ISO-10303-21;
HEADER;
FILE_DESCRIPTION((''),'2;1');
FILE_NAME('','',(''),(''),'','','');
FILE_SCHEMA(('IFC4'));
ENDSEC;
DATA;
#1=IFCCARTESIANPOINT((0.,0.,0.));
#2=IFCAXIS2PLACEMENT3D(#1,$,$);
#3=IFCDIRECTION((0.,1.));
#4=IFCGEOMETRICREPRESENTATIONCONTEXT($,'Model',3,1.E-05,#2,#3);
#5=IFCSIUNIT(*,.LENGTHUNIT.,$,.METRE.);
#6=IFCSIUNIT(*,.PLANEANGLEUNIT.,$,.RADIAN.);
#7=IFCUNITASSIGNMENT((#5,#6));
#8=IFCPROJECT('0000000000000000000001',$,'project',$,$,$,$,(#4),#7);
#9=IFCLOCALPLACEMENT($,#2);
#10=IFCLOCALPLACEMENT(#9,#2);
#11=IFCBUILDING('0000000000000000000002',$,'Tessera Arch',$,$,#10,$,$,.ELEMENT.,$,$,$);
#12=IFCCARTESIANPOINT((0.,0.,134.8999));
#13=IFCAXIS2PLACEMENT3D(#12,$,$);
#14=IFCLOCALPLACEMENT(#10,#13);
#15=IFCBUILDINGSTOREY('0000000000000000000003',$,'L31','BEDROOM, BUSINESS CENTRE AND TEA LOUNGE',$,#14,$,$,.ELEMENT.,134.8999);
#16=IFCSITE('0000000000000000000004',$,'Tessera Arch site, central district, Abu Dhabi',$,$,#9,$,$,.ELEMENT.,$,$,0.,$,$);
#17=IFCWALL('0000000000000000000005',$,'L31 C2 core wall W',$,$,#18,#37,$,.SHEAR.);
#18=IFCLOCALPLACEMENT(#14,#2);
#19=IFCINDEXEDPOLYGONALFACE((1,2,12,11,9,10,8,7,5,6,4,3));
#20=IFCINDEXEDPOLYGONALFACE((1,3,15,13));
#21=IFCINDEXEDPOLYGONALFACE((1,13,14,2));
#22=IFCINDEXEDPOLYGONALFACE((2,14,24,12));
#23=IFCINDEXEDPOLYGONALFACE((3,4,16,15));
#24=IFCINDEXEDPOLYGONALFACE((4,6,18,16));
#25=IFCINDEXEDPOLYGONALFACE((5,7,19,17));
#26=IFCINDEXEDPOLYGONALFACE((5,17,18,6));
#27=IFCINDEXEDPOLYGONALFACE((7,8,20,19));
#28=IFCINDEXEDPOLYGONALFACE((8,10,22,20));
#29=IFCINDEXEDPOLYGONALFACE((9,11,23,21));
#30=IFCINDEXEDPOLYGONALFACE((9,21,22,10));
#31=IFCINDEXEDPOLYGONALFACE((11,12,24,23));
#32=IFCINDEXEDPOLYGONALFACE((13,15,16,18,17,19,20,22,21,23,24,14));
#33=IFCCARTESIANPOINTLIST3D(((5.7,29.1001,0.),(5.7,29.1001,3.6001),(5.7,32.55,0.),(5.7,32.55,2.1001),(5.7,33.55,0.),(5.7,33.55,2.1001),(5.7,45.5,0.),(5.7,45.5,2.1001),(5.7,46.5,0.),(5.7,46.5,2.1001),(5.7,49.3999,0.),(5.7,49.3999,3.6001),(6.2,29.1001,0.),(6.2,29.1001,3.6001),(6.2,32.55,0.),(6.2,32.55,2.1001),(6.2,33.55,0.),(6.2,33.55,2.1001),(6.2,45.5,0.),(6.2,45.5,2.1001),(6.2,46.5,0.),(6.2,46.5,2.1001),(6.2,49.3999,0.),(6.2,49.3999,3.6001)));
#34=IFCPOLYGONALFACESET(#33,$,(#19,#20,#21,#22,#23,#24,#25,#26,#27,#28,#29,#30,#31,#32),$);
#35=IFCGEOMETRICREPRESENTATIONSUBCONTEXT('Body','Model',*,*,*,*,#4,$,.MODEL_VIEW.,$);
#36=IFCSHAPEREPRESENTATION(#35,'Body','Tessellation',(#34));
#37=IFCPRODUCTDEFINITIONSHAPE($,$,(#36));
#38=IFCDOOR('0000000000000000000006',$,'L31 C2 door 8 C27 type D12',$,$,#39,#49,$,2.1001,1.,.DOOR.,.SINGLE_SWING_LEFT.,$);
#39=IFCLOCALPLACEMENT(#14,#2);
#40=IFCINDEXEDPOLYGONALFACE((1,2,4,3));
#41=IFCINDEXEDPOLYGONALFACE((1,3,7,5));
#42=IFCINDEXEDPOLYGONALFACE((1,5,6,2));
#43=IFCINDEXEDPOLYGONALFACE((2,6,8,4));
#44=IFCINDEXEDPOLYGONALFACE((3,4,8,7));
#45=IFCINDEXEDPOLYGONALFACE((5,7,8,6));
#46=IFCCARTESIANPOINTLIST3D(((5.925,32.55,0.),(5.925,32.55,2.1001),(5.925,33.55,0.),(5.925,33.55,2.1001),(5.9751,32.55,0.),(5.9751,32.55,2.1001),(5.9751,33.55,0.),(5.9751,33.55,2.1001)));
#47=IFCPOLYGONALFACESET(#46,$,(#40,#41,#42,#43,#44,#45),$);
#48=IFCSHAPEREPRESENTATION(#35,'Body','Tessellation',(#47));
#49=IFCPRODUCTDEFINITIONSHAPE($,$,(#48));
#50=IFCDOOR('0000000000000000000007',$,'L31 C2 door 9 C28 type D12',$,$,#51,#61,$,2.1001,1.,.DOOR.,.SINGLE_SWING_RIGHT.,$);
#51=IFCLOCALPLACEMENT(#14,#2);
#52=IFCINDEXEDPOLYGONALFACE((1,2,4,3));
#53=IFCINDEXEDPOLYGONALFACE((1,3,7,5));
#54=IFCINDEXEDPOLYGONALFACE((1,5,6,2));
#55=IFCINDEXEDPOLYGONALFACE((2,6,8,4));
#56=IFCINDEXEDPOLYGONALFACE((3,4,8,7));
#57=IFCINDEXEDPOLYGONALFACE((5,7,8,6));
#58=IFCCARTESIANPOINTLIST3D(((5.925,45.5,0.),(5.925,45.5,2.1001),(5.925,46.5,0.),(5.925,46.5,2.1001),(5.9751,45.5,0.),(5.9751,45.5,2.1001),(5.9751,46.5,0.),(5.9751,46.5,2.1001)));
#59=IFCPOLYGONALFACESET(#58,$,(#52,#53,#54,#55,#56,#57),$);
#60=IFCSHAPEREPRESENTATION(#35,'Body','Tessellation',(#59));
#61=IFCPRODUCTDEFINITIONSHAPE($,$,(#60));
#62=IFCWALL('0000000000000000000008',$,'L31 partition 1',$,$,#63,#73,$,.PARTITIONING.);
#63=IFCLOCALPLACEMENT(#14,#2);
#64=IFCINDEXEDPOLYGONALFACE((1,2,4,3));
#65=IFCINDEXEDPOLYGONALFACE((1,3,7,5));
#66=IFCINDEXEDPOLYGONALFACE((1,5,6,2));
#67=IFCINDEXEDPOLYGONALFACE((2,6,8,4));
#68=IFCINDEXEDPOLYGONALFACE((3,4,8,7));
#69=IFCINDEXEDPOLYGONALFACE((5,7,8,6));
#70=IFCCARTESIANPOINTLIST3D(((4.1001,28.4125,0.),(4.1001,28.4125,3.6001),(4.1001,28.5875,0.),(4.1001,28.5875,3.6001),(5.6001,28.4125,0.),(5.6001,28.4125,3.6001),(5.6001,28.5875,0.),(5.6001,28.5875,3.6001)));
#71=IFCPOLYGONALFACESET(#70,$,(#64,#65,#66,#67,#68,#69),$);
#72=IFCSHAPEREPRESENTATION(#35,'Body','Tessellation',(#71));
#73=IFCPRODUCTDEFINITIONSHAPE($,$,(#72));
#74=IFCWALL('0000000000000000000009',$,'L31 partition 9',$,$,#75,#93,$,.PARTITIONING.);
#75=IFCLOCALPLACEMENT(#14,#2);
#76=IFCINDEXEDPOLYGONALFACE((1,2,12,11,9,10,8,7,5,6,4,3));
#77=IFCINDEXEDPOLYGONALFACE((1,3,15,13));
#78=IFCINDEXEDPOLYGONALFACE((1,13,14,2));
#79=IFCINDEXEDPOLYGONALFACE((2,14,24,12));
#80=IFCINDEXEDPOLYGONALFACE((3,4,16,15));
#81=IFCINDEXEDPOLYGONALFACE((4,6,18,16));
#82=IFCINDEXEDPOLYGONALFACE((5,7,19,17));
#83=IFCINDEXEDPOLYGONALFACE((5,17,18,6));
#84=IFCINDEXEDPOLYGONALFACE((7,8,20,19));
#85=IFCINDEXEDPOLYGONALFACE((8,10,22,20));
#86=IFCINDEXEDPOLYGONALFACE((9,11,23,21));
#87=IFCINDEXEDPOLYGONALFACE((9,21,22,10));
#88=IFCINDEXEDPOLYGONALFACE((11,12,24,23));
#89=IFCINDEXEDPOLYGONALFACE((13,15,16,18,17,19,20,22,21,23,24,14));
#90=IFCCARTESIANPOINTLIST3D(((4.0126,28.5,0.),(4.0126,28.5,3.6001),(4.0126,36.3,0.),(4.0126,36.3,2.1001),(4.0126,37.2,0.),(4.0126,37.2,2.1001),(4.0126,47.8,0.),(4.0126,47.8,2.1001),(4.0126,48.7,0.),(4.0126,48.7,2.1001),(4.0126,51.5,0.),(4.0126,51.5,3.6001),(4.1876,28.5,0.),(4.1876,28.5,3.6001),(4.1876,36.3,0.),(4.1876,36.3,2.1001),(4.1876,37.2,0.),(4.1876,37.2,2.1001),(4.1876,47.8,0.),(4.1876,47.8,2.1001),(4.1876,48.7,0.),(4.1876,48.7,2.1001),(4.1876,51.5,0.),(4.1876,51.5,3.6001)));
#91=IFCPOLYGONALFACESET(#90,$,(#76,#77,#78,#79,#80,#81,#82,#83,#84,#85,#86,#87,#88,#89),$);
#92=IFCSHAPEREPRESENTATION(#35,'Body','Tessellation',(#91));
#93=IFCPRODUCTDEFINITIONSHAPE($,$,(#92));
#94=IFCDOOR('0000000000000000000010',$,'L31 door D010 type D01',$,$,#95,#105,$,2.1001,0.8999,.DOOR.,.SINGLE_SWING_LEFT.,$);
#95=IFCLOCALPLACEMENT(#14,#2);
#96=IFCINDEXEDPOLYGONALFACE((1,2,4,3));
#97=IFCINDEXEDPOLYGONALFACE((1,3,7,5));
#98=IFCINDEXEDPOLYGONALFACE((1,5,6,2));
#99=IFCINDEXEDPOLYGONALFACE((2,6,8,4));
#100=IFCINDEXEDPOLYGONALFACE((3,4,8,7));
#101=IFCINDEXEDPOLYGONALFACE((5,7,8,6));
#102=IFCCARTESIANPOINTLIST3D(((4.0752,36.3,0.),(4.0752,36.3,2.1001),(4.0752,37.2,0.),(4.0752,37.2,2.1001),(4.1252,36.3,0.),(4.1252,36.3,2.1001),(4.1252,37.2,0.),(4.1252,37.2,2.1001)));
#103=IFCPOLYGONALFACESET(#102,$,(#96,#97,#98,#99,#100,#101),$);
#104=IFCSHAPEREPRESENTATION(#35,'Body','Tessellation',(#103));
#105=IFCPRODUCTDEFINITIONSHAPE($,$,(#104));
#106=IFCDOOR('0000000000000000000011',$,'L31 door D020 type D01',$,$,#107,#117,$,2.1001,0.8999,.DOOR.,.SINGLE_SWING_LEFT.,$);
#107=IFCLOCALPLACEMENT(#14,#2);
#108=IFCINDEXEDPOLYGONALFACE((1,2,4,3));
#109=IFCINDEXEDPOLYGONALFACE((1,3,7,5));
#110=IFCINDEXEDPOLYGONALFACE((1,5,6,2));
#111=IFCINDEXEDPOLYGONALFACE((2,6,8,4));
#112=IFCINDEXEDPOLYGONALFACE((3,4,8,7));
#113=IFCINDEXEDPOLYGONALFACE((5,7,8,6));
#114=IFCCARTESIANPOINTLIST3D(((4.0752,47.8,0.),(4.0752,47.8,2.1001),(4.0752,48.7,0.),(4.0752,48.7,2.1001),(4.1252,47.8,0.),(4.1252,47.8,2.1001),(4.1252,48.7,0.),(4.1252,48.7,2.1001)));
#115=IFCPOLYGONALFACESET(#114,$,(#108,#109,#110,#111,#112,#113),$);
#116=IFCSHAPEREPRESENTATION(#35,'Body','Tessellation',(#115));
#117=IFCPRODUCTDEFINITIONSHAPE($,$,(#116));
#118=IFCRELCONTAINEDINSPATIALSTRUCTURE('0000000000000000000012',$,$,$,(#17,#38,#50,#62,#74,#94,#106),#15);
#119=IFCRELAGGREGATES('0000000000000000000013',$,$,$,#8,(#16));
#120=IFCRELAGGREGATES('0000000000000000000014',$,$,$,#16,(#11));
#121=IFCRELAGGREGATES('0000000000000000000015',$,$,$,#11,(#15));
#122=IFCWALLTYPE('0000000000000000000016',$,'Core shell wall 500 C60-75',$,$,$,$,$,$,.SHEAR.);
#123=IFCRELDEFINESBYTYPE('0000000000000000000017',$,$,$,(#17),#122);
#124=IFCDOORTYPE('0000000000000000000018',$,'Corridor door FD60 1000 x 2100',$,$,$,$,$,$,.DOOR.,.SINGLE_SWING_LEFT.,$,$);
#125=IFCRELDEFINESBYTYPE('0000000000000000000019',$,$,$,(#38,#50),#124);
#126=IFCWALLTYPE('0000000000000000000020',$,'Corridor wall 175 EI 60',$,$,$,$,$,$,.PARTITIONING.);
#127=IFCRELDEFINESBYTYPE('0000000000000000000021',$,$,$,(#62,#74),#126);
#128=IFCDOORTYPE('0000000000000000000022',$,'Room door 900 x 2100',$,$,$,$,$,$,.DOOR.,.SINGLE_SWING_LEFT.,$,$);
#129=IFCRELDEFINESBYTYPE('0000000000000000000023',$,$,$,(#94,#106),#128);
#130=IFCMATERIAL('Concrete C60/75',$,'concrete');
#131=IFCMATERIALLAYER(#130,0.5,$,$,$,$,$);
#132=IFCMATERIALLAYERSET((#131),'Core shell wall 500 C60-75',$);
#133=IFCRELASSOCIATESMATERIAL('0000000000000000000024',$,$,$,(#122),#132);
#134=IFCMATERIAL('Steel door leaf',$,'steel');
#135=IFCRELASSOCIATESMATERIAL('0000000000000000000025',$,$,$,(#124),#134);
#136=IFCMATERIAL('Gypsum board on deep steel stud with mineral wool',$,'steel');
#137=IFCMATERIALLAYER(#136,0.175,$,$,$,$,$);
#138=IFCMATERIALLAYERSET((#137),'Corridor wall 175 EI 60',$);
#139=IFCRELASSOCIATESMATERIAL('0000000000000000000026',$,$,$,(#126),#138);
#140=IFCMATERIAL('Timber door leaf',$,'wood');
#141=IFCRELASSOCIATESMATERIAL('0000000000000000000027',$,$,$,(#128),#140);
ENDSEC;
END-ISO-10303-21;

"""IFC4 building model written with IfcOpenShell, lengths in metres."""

from ifc_helpers import new_model, si_unit, direction, frame, frame_2d, origin, place, context, subcontext, project, spatial, rectangle, extrude, material, layer, layer_set, type_object, element, fill, save


model = new_model("IFC4")

# Units and contexts
model_context = context("Model", 3, precision=1e-05, world=origin(), true_north=direction((0.0, 1.0)))
body_context = subcontext(model_context, "Body", "Model", "MODEL_VIEW")
ifc_project = project(units=[si_unit("LENGTHUNIT", "METRE"), si_unit("PLANEANGLEUNIT", "RADIAN")], contexts=[model_context])

# Site, building, storey
site_placement = place(None, origin())
site = spatial("IfcSite", under=ifc_project, at=site_placement, Name="Tessera Arch site, central district, Abu Dhabi", CompositionType="ELEMENT", RefElevation=0.0)
building_placement = place(site_placement, origin())
building = spatial("IfcBuilding", under=site, at=building_placement, Name="Tessera Arch", CompositionType="ELEMENT")
storey_placement = place(building_placement, frame((0.0, 0.0, 134.8999)))
storey = spatial("IfcBuildingStorey", under=building, at=storey_placement, Name="L31", Description="BEDROOM, BUSINESS CENTRE AND TEA LOUNGE", CompositionType="ELEMENT", Elevation=134.8999)

# Shared definitions
ifc_material_1 = material(Name="Concrete C60/75", Category="concrete")
ifc_layer_1 = layer(ifc_material_1, 0.5)
ifc_layer_set_1 = layer_set([ifc_layer_1], Name="Core shell wall 500 C60-75")
wall_type_1 = type_object("IfcWallType", Name="Core shell wall 500 C60-75", PredefinedType="SHEAR", material=ifc_layer_set_1)

# Wall, openings, doors
wall_1_placement = place(storey_placement, frame((5.95, 29.1001, 0.0), z_axis=(0.0, 0.0, 1.0), x_axis=(0.0, 1.0, 0.0)))
wall_1 = element("IfcWall", 1, at=wall_1_placement, inside=storey, type_object=wall_type_1, Name="L31 C2 core wall W", PredefinedType="SHEAR", context=body_context, shape_type="SweptSolid", body=[
    extrude(rectangle(XDim=20.2998, YDim=0.5, at=frame_2d((10.1499, 0.0))), origin(), (0.0, 0.0, 1.0), 3.6001),
])
opening_1_placement = place(wall_1_placement, frame((3.45, 0.0, 0.0)))
opening_1 = element("IfcOpeningElement", 2, at=opening_1_placement, cuts=wall_1, PredefinedType="OPENING", context=body_context, shape_type="SweptSolid", body=[
    extrude(rectangle(XDim=1.0, YDim=2.1001, at=frame_2d((0.5, 1.05))), frame((0.0, 0.26, 0.0), z_axis=(0.0, -1.0, 0.0), x_axis=(1.0, 0.0, 0.0)), (0.0, 0.0, 1.0), 0.52),
])
opening_2_placement = place(wall_1_placement, frame((16.3999, 0.0, 0.0)))
opening_2 = element("IfcOpeningElement", 3, at=opening_2_placement, cuts=wall_1, PredefinedType="OPENING", context=body_context, shape_type="SweptSolid", body=[
    extrude(rectangle(XDim=1.0, YDim=2.1001, at=frame_2d((0.5, 1.05))), frame((0.0, 0.26, 0.0), z_axis=(0.0, -1.0, 0.0), x_axis=(1.0, 0.0, 0.0)), (0.0, 0.0, 1.0), 0.52),
])
ifc_material_2 = material(Name="Steel door leaf", Category="steel")
door_type_1 = type_object("IfcDoorType", Name="Corridor door FD60 1000 x 2100", OperationType="SINGLE_SWING_LEFT", PredefinedType="DOOR", material=ifc_material_2)
door_1_placement = place(opening_1_placement, origin())
door_1 = element("IfcDoor", 4, at=door_1_placement, inside=storey, type_object=door_type_1, Name="L31 C2 door 8 C27 type D12", OperationType="SINGLE_SWING_LEFT", OverallHeight=2.1001, OverallWidth=1.0, PredefinedType="DOOR", context=body_context, shape_type="SweptSolid", body=[
    extrude(rectangle(XDim=1.0, YDim=2.1001, at=frame_2d((0.5, 1.05))), frame((0.0, 0.0249, 0.0), z_axis=(0.0, -1.0, 0.0), x_axis=(1.0, 0.0, 0.0)), (0.0, 0.0, 1.0), 0.05),
])
fill(opening_1, door_1)
door_2_placement = place(opening_2_placement, origin())
door_2 = element("IfcDoor", 5, at=door_2_placement, inside=storey, type_object=door_type_1, Name="L31 C2 door 9 C28 type D12", OperationType="SINGLE_SWING_RIGHT", OverallHeight=2.1001, OverallWidth=1.0, PredefinedType="DOOR", context=body_context, shape_type="SweptSolid", body=[
    extrude(rectangle(XDim=1.0, YDim=2.1001, at=frame_2d((0.5, 1.05))), frame((0.0, 0.0249, 0.0), z_axis=(0.0, -1.0, 0.0), x_axis=(1.0, 0.0, 0.0)), (0.0, 0.0, 1.0), 0.05),
])
fill(opening_2, door_2)

# Wall
ifc_material_3 = material(Name="Gypsum board on deep steel stud with mineral wool", Category="steel")
ifc_layer_2 = layer(ifc_material_3, 0.175)
ifc_layer_set_2 = layer_set([ifc_layer_2], Name="Corridor wall 175 EI 60")
wall_type_2 = type_object("IfcWallType", Name="Corridor wall 175 EI 60", PredefinedType="PARTITIONING", material=ifc_layer_set_2)
wall_2_placement = place(storey_placement, frame((4.1001, 28.5, 0.0), z_axis=(0.0, 0.0, 1.0), x_axis=(1.0, 0.0, 0.0)))
element("IfcWall", 6, at=wall_2_placement, inside=storey, type_object=wall_type_2, Name="L31 partition 1", PredefinedType="PARTITIONING", context=body_context, shape_type="SweptSolid", body=[
    extrude(rectangle(XDim=1.5, YDim=0.175, at=frame_2d((0.75, 0.0))), origin(), (0.0, 0.0, 1.0), 3.6001),
])

# Wall, openings, doors
wall_3_placement = place(storey_placement, frame((4.1001, 28.5, 0.0), z_axis=(0.0, 0.0, 1.0), x_axis=(0.0, 1.0, 0.0)))
wall_3 = element("IfcWall", 7, at=wall_3_placement, inside=storey, type_object=wall_type_2, Name="L31 partition 9", PredefinedType="PARTITIONING", context=body_context, shape_type="SweptSolid", body=[
    extrude(rectangle(XDim=23.0, YDim=0.175, at=frame_2d((11.5, 0.0))), origin(), (0.0, 0.0, 1.0), 3.6001),
])
opening_3_placement = place(wall_3_placement, frame((7.8, 0.0, 0.0)))
opening_3 = element("IfcOpeningElement", 8, at=opening_3_placement, cuts=wall_3, PredefinedType="OPENING", context=body_context, shape_type="SweptSolid", body=[
    extrude(rectangle(XDim=0.8999, YDim=2.1001, at=frame_2d((0.45, 1.05))), frame((0.0, 0.0974, 0.0), z_axis=(0.0, -1.0, 0.0), x_axis=(1.0, 0.0, 0.0)), (0.0, 0.0, 1.0), 0.1951),
])
opening_4_placement = place(wall_3_placement, frame((19.3, 0.0, 0.0)))
opening_4 = element("IfcOpeningElement", 9, at=opening_4_placement, cuts=wall_3, PredefinedType="OPENING", context=body_context, shape_type="SweptSolid", body=[
    extrude(rectangle(XDim=0.8999, YDim=2.1001, at=frame_2d((0.45, 1.05))), frame((0.0, 0.0974, 0.0), z_axis=(0.0, -1.0, 0.0), x_axis=(1.0, 0.0, 0.0)), (0.0, 0.0, 1.0), 0.1951),
])
ifc_material_4 = material(Name="Timber door leaf", Category="wood")
door_type_2 = type_object("IfcDoorType", Name="Room door 900 x 2100", OperationType="SINGLE_SWING_LEFT", PredefinedType="DOOR", material=ifc_material_4)
door_3_placement = place(opening_3_placement, origin())
door_3 = element("IfcDoor", 10, at=door_3_placement, inside=storey, type_object=door_type_2, Name="L31 door D010 type D01", OperationType="SINGLE_SWING_LEFT", OverallHeight=2.1001, OverallWidth=0.8999, PredefinedType="DOOR", context=body_context, shape_type="SweptSolid", body=[
    extrude(rectangle(XDim=0.8999, YDim=2.1001, at=frame_2d((0.45, 1.05))), frame((0.0, 0.0249, 0.0), z_axis=(0.0, -1.0, 0.0), x_axis=(1.0, 0.0, 0.0)), (0.0, 0.0, 1.0), 0.05),
])
fill(opening_3, door_3)
door_4_placement = place(opening_4_placement, origin())
door_4 = element("IfcDoor", 11, at=door_4_placement, inside=storey, type_object=door_type_2, Name="L31 door D020 type D01", OperationType="SINGLE_SWING_LEFT", OverallHeight=2.1001, OverallWidth=0.8999, PredefinedType="DOOR", context=body_context, shape_type="SweptSolid", body=[
    extrude(rectangle(XDim=0.8999, YDim=2.1001, at=frame_2d((0.45, 1.05))), frame((0.0, 0.0249, 0.0), z_axis=(0.0, -1.0, 0.0), x_axis=(1.0, 0.0, 0.0)), (0.0, 0.0, 1.0), 0.05),
])
fill(opening_4, door_4)

save(model, "model.ifc")
